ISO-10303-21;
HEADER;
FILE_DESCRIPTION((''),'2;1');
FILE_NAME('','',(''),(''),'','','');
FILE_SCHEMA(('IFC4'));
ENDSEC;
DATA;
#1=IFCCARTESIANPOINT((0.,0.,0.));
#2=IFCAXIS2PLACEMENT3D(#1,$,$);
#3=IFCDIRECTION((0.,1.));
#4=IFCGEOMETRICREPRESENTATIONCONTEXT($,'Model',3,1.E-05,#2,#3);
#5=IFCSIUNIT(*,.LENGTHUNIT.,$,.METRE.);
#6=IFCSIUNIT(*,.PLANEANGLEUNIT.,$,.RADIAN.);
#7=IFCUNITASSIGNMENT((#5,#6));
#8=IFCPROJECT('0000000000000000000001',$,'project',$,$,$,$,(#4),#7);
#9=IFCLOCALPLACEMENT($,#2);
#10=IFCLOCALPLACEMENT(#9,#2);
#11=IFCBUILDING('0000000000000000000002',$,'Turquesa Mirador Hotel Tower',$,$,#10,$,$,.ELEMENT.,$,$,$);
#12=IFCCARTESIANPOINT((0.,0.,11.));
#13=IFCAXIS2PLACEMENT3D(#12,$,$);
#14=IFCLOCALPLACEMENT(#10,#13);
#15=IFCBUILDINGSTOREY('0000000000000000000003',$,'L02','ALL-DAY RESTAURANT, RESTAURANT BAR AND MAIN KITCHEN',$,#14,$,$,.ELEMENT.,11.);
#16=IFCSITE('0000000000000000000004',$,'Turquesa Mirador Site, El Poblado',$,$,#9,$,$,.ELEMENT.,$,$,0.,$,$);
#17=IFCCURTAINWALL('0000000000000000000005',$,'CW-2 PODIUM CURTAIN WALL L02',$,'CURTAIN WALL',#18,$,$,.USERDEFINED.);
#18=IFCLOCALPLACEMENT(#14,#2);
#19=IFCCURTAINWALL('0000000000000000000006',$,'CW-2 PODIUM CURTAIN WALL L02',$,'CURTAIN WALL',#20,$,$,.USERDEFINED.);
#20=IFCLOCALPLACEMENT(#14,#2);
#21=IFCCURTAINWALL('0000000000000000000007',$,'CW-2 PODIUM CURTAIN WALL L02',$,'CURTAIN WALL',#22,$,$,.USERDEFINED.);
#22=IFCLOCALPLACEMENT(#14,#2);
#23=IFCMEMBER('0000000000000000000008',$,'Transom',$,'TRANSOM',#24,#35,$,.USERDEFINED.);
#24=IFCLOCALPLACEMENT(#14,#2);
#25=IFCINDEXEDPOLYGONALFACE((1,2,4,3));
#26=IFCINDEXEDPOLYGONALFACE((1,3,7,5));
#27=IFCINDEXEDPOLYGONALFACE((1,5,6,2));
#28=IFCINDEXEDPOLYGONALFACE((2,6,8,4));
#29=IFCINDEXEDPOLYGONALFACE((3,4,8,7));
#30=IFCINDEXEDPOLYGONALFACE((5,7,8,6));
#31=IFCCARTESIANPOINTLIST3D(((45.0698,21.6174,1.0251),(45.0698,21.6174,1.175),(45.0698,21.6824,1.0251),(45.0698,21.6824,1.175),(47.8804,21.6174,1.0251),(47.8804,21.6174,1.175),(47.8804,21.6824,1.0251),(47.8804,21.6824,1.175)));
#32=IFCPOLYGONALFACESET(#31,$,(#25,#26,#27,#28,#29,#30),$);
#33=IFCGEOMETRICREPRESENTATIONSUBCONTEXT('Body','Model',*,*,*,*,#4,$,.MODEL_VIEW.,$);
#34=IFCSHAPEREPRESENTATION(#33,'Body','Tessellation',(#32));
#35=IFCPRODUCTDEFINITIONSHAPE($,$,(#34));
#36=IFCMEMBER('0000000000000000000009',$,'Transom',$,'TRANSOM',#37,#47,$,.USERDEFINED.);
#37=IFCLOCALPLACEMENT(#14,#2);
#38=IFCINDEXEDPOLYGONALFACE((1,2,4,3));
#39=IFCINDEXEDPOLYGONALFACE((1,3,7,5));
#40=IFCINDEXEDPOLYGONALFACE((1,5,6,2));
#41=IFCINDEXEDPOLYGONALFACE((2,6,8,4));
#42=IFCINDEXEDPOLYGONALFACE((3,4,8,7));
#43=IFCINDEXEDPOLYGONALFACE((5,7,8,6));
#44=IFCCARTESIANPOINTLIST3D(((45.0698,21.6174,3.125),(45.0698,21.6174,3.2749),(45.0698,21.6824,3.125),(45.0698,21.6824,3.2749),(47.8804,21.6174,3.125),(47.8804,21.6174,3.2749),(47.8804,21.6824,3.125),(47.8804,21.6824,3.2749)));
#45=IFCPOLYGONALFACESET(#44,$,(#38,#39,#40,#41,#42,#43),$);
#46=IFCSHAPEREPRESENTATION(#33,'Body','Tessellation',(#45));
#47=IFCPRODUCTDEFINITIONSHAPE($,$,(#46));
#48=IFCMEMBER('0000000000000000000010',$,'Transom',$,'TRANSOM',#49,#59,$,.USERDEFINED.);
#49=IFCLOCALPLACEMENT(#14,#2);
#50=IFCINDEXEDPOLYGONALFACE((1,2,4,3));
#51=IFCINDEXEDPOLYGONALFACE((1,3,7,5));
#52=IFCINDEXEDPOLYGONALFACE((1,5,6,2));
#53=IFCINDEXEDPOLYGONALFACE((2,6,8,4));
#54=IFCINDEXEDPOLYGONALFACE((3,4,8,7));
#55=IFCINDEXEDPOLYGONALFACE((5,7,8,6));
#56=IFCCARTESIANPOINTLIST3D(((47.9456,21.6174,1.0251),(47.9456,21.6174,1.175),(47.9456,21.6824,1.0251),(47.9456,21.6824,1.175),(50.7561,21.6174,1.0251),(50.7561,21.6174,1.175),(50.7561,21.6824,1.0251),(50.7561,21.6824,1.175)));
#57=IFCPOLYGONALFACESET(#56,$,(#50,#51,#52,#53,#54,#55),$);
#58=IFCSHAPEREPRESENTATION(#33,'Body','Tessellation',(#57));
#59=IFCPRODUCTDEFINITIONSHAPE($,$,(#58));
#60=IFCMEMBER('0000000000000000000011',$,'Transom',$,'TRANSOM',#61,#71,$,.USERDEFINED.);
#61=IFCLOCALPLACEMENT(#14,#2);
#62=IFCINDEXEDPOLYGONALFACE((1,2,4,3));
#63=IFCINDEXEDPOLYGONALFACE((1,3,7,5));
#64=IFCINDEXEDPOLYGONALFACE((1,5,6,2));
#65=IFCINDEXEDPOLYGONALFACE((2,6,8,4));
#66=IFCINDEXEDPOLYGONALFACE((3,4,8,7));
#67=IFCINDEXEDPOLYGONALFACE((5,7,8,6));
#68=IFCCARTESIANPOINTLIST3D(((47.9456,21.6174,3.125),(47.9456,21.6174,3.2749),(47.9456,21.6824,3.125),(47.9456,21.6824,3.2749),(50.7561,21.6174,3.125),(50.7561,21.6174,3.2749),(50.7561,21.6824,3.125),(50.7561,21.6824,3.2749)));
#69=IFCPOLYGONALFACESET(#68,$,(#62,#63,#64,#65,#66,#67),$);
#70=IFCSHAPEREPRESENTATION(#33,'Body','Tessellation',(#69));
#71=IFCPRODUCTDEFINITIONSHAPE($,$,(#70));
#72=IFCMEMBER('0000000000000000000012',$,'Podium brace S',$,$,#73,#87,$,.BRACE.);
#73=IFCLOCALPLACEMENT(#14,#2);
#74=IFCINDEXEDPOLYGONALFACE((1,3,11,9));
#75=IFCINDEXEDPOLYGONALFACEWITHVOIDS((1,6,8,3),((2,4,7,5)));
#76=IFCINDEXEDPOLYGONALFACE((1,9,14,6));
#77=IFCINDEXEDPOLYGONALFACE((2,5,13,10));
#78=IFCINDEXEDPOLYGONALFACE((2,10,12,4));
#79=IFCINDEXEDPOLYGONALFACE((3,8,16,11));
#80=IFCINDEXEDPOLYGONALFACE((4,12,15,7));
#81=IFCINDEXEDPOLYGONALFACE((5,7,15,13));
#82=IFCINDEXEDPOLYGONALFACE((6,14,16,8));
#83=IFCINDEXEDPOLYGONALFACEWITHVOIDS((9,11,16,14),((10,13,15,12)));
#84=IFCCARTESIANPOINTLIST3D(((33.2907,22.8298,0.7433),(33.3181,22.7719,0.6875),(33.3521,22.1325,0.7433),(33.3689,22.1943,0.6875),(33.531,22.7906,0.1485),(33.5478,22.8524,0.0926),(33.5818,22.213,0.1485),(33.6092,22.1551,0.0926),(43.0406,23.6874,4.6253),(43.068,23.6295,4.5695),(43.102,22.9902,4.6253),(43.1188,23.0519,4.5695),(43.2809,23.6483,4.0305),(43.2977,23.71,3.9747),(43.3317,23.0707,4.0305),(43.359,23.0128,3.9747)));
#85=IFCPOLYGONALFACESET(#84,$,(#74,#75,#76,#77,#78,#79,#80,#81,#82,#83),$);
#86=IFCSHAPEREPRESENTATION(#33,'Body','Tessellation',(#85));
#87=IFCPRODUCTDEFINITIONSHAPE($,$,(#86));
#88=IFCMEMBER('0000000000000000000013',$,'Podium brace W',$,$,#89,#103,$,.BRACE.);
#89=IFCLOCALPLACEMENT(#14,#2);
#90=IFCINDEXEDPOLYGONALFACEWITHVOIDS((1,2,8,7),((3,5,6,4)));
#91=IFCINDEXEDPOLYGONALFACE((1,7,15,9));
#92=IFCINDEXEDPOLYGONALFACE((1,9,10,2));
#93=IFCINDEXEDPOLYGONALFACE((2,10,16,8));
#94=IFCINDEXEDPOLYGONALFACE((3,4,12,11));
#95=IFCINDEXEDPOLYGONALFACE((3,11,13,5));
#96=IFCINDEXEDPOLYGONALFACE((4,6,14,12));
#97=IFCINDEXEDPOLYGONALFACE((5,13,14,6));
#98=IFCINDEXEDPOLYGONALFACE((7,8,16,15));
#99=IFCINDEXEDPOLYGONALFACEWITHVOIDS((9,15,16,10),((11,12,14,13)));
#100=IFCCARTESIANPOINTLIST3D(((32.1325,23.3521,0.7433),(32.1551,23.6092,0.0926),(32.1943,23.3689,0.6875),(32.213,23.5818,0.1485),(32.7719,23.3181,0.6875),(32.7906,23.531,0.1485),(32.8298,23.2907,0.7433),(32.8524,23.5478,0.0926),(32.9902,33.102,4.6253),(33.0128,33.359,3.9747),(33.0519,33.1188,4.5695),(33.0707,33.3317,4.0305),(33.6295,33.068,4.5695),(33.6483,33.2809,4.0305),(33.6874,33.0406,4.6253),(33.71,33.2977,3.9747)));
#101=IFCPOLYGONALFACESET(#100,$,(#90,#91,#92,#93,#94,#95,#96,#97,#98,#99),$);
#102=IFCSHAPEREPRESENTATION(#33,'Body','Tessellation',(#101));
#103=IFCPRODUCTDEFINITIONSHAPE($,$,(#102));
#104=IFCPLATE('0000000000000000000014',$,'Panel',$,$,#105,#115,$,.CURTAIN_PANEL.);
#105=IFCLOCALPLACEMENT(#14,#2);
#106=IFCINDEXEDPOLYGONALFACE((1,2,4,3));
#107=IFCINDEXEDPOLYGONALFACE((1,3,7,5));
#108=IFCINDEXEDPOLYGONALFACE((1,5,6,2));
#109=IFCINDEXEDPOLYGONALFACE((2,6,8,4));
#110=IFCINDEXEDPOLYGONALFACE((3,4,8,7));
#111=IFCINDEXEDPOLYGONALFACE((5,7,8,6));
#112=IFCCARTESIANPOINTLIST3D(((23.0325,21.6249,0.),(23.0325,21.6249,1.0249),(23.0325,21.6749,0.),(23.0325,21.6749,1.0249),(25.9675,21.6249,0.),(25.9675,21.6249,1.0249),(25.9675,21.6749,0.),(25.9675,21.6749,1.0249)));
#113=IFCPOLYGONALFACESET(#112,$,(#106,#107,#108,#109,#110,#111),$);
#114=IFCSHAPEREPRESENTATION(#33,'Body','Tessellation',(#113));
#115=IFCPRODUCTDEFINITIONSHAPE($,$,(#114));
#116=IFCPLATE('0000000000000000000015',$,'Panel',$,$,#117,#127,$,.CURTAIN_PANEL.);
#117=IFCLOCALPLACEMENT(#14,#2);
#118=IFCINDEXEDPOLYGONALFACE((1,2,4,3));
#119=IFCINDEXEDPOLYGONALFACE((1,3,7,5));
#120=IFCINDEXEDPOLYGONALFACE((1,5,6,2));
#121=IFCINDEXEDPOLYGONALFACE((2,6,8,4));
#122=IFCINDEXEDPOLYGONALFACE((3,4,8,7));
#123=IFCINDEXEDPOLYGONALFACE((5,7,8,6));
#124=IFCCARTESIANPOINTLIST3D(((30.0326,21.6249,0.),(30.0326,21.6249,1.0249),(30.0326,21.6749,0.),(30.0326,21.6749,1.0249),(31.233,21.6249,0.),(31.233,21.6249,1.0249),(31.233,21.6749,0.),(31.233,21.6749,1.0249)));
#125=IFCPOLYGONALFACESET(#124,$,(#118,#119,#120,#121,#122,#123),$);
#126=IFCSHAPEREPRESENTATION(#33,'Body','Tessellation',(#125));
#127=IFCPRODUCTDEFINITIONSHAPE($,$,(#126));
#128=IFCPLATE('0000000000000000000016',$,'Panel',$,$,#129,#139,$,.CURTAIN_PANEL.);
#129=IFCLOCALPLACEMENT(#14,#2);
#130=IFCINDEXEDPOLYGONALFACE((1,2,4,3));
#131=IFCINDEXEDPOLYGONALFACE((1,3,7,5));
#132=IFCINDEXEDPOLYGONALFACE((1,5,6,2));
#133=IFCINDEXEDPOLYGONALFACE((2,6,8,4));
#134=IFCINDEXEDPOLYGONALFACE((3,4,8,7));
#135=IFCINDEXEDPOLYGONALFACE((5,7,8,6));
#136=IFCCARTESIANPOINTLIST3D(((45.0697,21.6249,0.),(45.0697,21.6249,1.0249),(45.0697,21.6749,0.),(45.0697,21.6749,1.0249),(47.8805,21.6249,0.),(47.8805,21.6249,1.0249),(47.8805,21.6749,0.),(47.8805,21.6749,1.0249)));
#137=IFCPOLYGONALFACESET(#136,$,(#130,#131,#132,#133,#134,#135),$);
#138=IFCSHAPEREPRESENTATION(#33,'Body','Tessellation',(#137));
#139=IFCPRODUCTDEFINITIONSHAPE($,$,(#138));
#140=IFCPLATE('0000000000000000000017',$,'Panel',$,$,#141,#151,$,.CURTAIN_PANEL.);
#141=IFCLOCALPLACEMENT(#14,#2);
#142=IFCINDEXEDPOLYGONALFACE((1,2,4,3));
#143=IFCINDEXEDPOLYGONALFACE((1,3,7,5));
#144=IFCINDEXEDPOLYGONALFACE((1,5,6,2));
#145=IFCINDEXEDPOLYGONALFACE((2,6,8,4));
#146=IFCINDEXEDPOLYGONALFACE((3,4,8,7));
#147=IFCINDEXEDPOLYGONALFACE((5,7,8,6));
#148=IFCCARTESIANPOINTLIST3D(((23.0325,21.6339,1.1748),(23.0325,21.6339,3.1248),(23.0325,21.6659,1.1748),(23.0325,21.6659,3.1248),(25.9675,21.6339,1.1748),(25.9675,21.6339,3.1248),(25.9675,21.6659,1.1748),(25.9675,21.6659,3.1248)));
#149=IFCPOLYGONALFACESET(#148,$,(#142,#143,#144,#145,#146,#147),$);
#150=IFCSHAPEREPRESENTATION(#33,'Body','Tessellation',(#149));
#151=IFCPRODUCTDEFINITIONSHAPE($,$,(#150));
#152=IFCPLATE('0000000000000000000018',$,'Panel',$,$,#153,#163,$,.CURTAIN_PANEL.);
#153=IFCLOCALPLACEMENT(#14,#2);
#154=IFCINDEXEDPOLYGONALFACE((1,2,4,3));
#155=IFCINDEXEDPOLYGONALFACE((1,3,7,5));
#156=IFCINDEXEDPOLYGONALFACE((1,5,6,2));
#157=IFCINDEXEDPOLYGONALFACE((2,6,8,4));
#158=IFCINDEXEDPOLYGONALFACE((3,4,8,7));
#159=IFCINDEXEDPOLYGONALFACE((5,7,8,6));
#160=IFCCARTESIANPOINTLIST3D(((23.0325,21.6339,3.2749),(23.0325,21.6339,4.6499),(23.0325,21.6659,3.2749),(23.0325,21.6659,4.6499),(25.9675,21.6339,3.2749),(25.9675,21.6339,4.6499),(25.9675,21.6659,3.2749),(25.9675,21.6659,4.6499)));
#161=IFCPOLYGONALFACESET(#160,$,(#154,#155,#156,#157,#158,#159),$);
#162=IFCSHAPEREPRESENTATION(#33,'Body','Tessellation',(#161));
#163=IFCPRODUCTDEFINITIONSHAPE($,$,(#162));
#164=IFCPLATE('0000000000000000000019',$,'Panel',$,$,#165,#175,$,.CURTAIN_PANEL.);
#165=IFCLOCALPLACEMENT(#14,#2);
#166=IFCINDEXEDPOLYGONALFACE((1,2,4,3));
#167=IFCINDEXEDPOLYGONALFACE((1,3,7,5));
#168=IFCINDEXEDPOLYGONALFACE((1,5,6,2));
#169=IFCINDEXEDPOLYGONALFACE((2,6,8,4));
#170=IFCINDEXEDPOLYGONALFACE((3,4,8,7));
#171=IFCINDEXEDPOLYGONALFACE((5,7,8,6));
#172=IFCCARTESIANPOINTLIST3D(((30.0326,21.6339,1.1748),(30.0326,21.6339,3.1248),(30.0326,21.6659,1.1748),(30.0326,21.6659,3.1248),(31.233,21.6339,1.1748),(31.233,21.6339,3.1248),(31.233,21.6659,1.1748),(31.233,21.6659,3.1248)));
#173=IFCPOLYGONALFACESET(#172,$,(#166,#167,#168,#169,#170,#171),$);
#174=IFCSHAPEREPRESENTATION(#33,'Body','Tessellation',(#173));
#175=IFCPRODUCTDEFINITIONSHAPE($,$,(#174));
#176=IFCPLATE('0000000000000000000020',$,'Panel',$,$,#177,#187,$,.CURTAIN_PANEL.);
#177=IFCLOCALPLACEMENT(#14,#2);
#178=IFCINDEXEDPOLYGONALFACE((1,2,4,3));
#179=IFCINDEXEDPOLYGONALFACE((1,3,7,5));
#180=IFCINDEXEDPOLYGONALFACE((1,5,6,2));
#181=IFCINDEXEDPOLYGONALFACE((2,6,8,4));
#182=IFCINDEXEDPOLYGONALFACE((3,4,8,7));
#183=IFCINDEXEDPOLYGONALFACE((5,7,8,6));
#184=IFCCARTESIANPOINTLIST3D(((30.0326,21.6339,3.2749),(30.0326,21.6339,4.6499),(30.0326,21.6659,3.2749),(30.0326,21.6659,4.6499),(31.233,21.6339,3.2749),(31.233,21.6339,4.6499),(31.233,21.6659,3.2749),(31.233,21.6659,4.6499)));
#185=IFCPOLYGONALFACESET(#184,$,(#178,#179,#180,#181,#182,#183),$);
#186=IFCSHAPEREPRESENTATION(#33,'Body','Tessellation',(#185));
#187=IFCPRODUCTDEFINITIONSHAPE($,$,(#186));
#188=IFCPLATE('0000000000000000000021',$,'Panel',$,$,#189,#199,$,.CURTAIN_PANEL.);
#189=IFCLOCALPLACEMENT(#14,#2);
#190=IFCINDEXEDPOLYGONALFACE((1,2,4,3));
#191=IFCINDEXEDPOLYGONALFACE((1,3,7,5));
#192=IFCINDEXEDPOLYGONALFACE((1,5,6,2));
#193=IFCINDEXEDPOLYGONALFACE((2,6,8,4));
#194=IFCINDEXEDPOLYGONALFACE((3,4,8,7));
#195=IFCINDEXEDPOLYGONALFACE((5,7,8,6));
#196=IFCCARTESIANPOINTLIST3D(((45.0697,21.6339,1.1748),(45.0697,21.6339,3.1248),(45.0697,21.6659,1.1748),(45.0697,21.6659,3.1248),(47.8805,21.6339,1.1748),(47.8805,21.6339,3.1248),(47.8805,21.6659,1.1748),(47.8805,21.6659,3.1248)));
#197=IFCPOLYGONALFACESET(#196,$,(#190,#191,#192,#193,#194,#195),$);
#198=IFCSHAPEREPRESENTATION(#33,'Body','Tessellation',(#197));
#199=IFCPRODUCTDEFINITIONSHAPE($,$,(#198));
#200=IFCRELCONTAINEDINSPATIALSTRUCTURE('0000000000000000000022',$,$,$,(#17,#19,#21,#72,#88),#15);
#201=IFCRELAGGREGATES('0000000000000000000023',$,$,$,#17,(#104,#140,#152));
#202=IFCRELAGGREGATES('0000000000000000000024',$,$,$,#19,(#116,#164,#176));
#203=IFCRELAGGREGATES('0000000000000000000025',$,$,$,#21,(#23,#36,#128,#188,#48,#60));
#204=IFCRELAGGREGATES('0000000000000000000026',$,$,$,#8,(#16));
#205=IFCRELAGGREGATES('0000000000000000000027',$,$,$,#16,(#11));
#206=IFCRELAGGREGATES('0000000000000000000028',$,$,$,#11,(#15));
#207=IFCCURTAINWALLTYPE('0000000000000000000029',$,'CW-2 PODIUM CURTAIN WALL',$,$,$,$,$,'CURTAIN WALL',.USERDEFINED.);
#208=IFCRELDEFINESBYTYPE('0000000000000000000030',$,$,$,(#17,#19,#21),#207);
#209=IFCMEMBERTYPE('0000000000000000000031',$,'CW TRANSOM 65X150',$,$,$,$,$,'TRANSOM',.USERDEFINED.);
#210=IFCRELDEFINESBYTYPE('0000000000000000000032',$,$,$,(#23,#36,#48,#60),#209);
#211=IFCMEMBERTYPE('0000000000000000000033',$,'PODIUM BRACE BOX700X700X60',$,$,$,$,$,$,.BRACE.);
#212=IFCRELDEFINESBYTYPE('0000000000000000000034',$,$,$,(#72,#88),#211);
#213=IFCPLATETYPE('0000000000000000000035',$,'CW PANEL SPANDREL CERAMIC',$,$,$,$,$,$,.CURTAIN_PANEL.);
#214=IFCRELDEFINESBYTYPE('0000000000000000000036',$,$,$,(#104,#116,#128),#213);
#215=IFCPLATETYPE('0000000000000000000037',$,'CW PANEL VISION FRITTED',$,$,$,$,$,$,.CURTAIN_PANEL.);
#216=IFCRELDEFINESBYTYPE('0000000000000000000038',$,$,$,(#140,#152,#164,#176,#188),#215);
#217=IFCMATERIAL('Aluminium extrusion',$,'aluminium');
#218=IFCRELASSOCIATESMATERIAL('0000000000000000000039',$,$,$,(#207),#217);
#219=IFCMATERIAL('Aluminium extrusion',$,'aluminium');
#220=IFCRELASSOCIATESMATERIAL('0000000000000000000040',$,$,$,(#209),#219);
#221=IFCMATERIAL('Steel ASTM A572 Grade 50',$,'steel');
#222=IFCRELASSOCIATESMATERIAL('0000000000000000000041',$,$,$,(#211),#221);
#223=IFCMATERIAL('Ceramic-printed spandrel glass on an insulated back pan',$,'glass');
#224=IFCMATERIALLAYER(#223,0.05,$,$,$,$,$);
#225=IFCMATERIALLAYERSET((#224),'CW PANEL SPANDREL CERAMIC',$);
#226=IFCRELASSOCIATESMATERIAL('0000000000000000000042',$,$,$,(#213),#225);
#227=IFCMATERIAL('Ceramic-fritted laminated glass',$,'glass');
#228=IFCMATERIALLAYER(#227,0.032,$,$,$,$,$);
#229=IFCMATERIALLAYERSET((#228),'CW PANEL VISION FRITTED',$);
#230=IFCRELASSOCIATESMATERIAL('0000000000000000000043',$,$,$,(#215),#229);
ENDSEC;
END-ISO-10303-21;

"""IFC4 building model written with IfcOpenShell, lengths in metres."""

from ifc_helpers import new_model, si_unit, direction, frame, origin, origin_2d, place, context, subcontext, project, spatial, rectangle, hollow_rectangle, extrude, material, layer, layer_set, material_profile, profile_set, type_object, element, aggregate, save


model = new_model("IFC4")

# Units and contexts
model_context = context("Model", 3, precision=1e-05, world=origin(), true_north=direction((0.0, 1.0)))
body_context = subcontext(model_context, "Body", "Model", "MODEL_VIEW")
ifc_project = project(units=[si_unit("LENGTHUNIT", "METRE"), si_unit("PLANEANGLEUNIT", "RADIAN")], contexts=[model_context])

# Site, building, storey
site_placement = place(None, origin())
site = spatial("IfcSite", under=ifc_project, at=site_placement, Name="Turquesa Mirador Site, El Poblado", CompositionType="ELEMENT", RefElevation=0.0)
building_placement = place(site_placement, origin())
building = spatial("IfcBuilding", under=site, at=building_placement, Name="Turquesa Mirador Hotel Tower", CompositionType="ELEMENT")
storey_placement = place(building_placement, frame((0.0, 0.0, 11.0)))
storey = spatial("IfcBuildingStorey", under=building, at=storey_placement, Name="L02", Description="ALL-DAY RESTAURANT, RESTAURANT BAR AND MAIN KITCHEN", CompositionType="ELEMENT", Elevation=11.0)

# Curtain wall
ifc_material_1 = material(Name="Aluminium extrusion", Category="aluminium")
curtain_wall_type = type_object("IfcCurtainWallType", Name="CW-2 PODIUM CURTAIN WALL", ElementType="CURTAIN WALL", PredefinedType="USERDEFINED", material=ifc_material_1)
curtain_wall_1_placement = place(storey_placement, origin())
curtain_wall_1 = element("IfcCurtainWall", 1, at=curtain_wall_1_placement, inside=storey, type_object=curtain_wall_type, Name="CW-2 PODIUM CURTAIN WALL L02", ObjectType="CURTAIN WALL", PredefinedType="USERDEFINED")

# Curtain walls
curtain_wall_2_placement = place(storey_placement, origin())
curtain_wall_2 = element("IfcCurtainWall", 2, at=curtain_wall_2_placement, inside=storey, type_object=curtain_wall_type, Name="CW-2 PODIUM CURTAIN WALL L02", ObjectType="CURTAIN WALL", PredefinedType="USERDEFINED")
curtain_wall_3_placement = place(storey_placement, origin())
curtain_wall_3 = element("IfcCurtainWall", 3, at=curtain_wall_3_placement, inside=storey, type_object=curtain_wall_type, Name="CW-2 PODIUM CURTAIN WALL L02", ObjectType="CURTAIN WALL", PredefinedType="USERDEFINED")

# Members
ifc_material_2 = material(Name="Aluminium extrusion", Category="aluminium")
ifc_material_profile_1 = material_profile(ifc_material_2, rectangle(XDim=0.0649, YDim=0.1499, at=origin_2d()), Name="TRANSOM 65X150")
ifc_profile_set_1 = profile_set([ifc_material_profile_1], Name="Aluminium extrusion")
member_type_1 = type_object("IfcMemberType", Name="CW TRANSOM 65X150", ElementType="TRANSOM", PredefinedType="USERDEFINED", material=ifc_profile_set_1)
member_1_placement = place(storey_placement, frame((45.0698, 21.6499, 1.1001), z_axis=(1.0, 0.0, 0.0), x_axis=(0.0, 1.0, 0.0)))
member_1 = element("IfcMember", 4, at=member_1_placement, type_object=member_type_1, Name="Transom", ObjectType="TRANSOM", PredefinedType="USERDEFINED", context=body_context, shape_type="SweptSolid", body=[
    extrude(rectangle(XDim=0.0649, YDim=0.1499, at=origin_2d()), origin(), (0.0, 0.0, 1.0), 2.8105),
])
member_2_placement = place(storey_placement, frame((45.0698, 21.6499, 3.2), z_axis=(1.0, 0.0, 0.0), x_axis=(0.0, 1.0, 0.0)))
member_2 = element("IfcMember", 5, at=member_2_placement, type_object=member_type_1, Name="Transom", ObjectType="TRANSOM", PredefinedType="USERDEFINED", context=body_context, shape_type="SweptSolid", body=[
    extrude(rectangle(XDim=0.0649, YDim=0.1499, at=origin_2d()), origin(), (0.0, 0.0, 1.0), 2.8105),
])
member_3_placement = place(storey_placement, frame((47.9456, 21.6499, 1.1001), z_axis=(1.0, 0.0, 0.0), x_axis=(0.0, 1.0, 0.0)))
member_3 = element("IfcMember", 6, at=member_3_placement, type_object=member_type_1, Name="Transom", ObjectType="TRANSOM", PredefinedType="USERDEFINED", context=body_context, shape_type="SweptSolid", body=[
    extrude(rectangle(XDim=0.0649, YDim=0.1499, at=origin_2d()), origin(), (0.0, 0.0, 1.0), 2.8105),
])
member_4_placement = place(storey_placement, frame((47.9456, 21.6499, 3.2), z_axis=(1.0, 0.0, 0.0), x_axis=(0.0, 1.0, 0.0)))
member_4 = element("IfcMember", 7, at=member_4_placement, type_object=member_type_1, Name="Transom", ObjectType="TRANSOM", PredefinedType="USERDEFINED", context=body_context, shape_type="SweptSolid", body=[
    extrude(rectangle(XDim=0.0649, YDim=0.1499, at=origin_2d()), origin(), (0.0, 0.0, 1.0), 2.8105),
])

# Members
ifc_material_3 = material(Name="Steel ASTM A572 Grade 50", Category="steel")
ifc_material_profile_2 = material_profile(ifc_material_3, hollow_rectangle(XDim=0.7, YDim=0.7, WallThickness=0.0601, at=origin_2d()), Name="BOX700X700X60")
ifc_profile_set_2 = profile_set([ifc_material_profile_2], Name="Steel ASTM A572 Grade 50")
member_type_2 = type_object("IfcMemberType", Name="PODIUM BRACE BOX700X700X60", PredefinedType="BRACE", material=ifc_profile_set_2)
for number, where, z_axis, x_axis, name in (
    (8, (33.45, 22.4924, 0.418), (0.925977, 0.081454, 0.368689), (-0.087627, 0.996153, 0.0), "Podium brace S"),
    (9, (32.4924, 23.45, 0.418), (0.081454, 0.925977, 0.368689), (-0.996153, 0.087627, 0.0), "Podium brace W"),
):
    element("IfcMember", number, at=place(storey_placement, frame(where, z_axis=z_axis, x_axis=x_axis)), inside=storey, type_object=member_type_2, Name=name, PredefinedType="BRACE", context=body_context, shape_type="SweptSolid", body=[
        extrude(hollow_rectangle(XDim=0.7, YDim=0.7, WallThickness=0.0601, at=origin_2d()), origin(), (0.0, 0.0, 1.0), 10.5293),
    ])

# Plates
ifc_material_4 = material(Name="Ceramic-printed spandrel glass on an insulated back pan", Category="glass")
ifc_layer_1 = layer(ifc_material_4, 0.05)
ifc_layer_set_1 = layer_set([ifc_layer_1], Name="CW PANEL SPANDREL CERAMIC")
plate_type_1 = type_object("IfcPlateType", Name="CW PANEL SPANDREL CERAMIC", PredefinedType="CURTAIN_PANEL", material=ifc_layer_set_1)
plate_1_placement = place(storey_placement, frame((24.5, 21.6499, 0.0), z_axis=(0.0, 0.0, 1.0), x_axis=(1.0, 0.0, 0.0)))
plate_1 = element("IfcPlate", 10, at=plate_1_placement, type_object=plate_type_1, Name="Panel", PredefinedType="CURTAIN_PANEL", context=body_context, shape_type="SweptSolid", body=[
    extrude(rectangle(XDim=2.9351, YDim=0.05, at=origin_2d()), origin(), (0.0, 0.0, 1.0), 1.0249),
])
plate_2_placement = place(storey_placement, frame((30.6328, 21.6499, 0.0), z_axis=(0.0, 0.0, 1.0), x_axis=(1.0, 0.0, 0.0)))
plate_2 = element("IfcPlate", 11, at=plate_2_placement, type_object=plate_type_1, Name="Panel", PredefinedType="CURTAIN_PANEL", context=body_context, shape_type="SweptSolid", body=[
    extrude(rectangle(XDim=1.2004, YDim=0.05, at=origin_2d()), origin(), (0.0, 0.0, 1.0), 1.0249),
])
plate_3_placement = place(storey_placement, frame((46.4751, 21.6499, 0.0), z_axis=(0.0, 0.0, 1.0), x_axis=(1.0, 0.0, 0.0)))
plate_3 = element("IfcPlate", 12, at=plate_3_placement, type_object=plate_type_1, Name="Panel", PredefinedType="CURTAIN_PANEL", context=body_context, shape_type="SweptSolid", body=[
    extrude(rectangle(XDim=2.8108, YDim=0.05, at=origin_2d()), origin(), (0.0, 0.0, 1.0), 1.0249),
])
ifc_material_5 = material(Name="Ceramic-fritted laminated glass", Category="glass")
ifc_layer_2 = layer(ifc_material_5, 0.032)
ifc_layer_set_2 = layer_set([ifc_layer_2], Name="CW PANEL VISION FRITTED")
plate_type_2 = type_object("IfcPlateType", Name="CW PANEL VISION FRITTED", PredefinedType="CURTAIN_PANEL", material=ifc_layer_set_2)
plate_4_placement = place(storey_placement, frame((24.5, 21.6499, 1.1748), z_axis=(0.0, 0.0, 1.0), x_axis=(1.0, 0.0, 0.0)))
plate_4 = element("IfcPlate", 13, at=plate_4_placement, type_object=plate_type_2, Name="Panel", PredefinedType="CURTAIN_PANEL", context=body_context, shape_type="SweptSolid", body=[
    extrude(rectangle(XDim=2.9351, YDim=0.032, at=origin_2d()), origin(), (0.0, 0.0, 1.0), 1.95),
])
plate_5_placement = place(storey_placement, frame((24.5, 21.6499, 3.2749), z_axis=(0.0, 0.0, 1.0), x_axis=(1.0, 0.0, 0.0)))
plate_5 = element("IfcPlate", 14, at=plate_5_placement, type_object=plate_type_2, Name="Panel", PredefinedType="CURTAIN_PANEL", context=body_context, shape_type="SweptSolid", body=[
    extrude(rectangle(XDim=2.9351, YDim=0.032, at=origin_2d()), origin(), (0.0, 0.0, 1.0), 1.375),
])
aggregate(curtain_wall_1, [plate_1, plate_4, plate_5])
plate_6_placement = place(storey_placement, frame((30.6328, 21.6499, 1.1748), z_axis=(0.0, 0.0, 1.0), x_axis=(1.0, 0.0, 0.0)))
plate_6 = element("IfcPlate", 15, at=plate_6_placement, type_object=plate_type_2, Name="Panel", PredefinedType="CURTAIN_PANEL", context=body_context, shape_type="SweptSolid", body=[
    extrude(rectangle(XDim=1.2004, YDim=0.032, at=origin_2d()), origin(), (0.0, 0.0, 1.0), 1.95),
])
plate_7_placement = place(storey_placement, frame((30.6328, 21.6499, 3.2749), z_axis=(0.0, 0.0, 1.0), x_axis=(1.0, 0.0, 0.0)))
plate_7 = element("IfcPlate", 16, at=plate_7_placement, type_object=plate_type_2, Name="Panel", PredefinedType="CURTAIN_PANEL", context=body_context, shape_type="SweptSolid", body=[
    extrude(rectangle(XDim=1.2004, YDim=0.032, at=origin_2d()), origin(), (0.0, 0.0, 1.0), 1.375),
])
aggregate(curtain_wall_2, [plate_2, plate_6, plate_7])
plate_8_placement = place(storey_placement, frame((46.4751, 21.6499, 1.1748), z_axis=(0.0, 0.0, 1.0), x_axis=(1.0, 0.0, 0.0)))
plate_8 = element("IfcPlate", 17, at=plate_8_placement, type_object=plate_type_2, Name="Panel", PredefinedType="CURTAIN_PANEL", context=body_context, shape_type="SweptSolid", body=[
    extrude(rectangle(XDim=2.8108, YDim=0.032, at=origin_2d()), origin(), (0.0, 0.0, 1.0), 1.95),
])
aggregate(curtain_wall_3, [member_1, member_2, plate_3, plate_8, member_3, member_4])

save(model, "model.ifc")
